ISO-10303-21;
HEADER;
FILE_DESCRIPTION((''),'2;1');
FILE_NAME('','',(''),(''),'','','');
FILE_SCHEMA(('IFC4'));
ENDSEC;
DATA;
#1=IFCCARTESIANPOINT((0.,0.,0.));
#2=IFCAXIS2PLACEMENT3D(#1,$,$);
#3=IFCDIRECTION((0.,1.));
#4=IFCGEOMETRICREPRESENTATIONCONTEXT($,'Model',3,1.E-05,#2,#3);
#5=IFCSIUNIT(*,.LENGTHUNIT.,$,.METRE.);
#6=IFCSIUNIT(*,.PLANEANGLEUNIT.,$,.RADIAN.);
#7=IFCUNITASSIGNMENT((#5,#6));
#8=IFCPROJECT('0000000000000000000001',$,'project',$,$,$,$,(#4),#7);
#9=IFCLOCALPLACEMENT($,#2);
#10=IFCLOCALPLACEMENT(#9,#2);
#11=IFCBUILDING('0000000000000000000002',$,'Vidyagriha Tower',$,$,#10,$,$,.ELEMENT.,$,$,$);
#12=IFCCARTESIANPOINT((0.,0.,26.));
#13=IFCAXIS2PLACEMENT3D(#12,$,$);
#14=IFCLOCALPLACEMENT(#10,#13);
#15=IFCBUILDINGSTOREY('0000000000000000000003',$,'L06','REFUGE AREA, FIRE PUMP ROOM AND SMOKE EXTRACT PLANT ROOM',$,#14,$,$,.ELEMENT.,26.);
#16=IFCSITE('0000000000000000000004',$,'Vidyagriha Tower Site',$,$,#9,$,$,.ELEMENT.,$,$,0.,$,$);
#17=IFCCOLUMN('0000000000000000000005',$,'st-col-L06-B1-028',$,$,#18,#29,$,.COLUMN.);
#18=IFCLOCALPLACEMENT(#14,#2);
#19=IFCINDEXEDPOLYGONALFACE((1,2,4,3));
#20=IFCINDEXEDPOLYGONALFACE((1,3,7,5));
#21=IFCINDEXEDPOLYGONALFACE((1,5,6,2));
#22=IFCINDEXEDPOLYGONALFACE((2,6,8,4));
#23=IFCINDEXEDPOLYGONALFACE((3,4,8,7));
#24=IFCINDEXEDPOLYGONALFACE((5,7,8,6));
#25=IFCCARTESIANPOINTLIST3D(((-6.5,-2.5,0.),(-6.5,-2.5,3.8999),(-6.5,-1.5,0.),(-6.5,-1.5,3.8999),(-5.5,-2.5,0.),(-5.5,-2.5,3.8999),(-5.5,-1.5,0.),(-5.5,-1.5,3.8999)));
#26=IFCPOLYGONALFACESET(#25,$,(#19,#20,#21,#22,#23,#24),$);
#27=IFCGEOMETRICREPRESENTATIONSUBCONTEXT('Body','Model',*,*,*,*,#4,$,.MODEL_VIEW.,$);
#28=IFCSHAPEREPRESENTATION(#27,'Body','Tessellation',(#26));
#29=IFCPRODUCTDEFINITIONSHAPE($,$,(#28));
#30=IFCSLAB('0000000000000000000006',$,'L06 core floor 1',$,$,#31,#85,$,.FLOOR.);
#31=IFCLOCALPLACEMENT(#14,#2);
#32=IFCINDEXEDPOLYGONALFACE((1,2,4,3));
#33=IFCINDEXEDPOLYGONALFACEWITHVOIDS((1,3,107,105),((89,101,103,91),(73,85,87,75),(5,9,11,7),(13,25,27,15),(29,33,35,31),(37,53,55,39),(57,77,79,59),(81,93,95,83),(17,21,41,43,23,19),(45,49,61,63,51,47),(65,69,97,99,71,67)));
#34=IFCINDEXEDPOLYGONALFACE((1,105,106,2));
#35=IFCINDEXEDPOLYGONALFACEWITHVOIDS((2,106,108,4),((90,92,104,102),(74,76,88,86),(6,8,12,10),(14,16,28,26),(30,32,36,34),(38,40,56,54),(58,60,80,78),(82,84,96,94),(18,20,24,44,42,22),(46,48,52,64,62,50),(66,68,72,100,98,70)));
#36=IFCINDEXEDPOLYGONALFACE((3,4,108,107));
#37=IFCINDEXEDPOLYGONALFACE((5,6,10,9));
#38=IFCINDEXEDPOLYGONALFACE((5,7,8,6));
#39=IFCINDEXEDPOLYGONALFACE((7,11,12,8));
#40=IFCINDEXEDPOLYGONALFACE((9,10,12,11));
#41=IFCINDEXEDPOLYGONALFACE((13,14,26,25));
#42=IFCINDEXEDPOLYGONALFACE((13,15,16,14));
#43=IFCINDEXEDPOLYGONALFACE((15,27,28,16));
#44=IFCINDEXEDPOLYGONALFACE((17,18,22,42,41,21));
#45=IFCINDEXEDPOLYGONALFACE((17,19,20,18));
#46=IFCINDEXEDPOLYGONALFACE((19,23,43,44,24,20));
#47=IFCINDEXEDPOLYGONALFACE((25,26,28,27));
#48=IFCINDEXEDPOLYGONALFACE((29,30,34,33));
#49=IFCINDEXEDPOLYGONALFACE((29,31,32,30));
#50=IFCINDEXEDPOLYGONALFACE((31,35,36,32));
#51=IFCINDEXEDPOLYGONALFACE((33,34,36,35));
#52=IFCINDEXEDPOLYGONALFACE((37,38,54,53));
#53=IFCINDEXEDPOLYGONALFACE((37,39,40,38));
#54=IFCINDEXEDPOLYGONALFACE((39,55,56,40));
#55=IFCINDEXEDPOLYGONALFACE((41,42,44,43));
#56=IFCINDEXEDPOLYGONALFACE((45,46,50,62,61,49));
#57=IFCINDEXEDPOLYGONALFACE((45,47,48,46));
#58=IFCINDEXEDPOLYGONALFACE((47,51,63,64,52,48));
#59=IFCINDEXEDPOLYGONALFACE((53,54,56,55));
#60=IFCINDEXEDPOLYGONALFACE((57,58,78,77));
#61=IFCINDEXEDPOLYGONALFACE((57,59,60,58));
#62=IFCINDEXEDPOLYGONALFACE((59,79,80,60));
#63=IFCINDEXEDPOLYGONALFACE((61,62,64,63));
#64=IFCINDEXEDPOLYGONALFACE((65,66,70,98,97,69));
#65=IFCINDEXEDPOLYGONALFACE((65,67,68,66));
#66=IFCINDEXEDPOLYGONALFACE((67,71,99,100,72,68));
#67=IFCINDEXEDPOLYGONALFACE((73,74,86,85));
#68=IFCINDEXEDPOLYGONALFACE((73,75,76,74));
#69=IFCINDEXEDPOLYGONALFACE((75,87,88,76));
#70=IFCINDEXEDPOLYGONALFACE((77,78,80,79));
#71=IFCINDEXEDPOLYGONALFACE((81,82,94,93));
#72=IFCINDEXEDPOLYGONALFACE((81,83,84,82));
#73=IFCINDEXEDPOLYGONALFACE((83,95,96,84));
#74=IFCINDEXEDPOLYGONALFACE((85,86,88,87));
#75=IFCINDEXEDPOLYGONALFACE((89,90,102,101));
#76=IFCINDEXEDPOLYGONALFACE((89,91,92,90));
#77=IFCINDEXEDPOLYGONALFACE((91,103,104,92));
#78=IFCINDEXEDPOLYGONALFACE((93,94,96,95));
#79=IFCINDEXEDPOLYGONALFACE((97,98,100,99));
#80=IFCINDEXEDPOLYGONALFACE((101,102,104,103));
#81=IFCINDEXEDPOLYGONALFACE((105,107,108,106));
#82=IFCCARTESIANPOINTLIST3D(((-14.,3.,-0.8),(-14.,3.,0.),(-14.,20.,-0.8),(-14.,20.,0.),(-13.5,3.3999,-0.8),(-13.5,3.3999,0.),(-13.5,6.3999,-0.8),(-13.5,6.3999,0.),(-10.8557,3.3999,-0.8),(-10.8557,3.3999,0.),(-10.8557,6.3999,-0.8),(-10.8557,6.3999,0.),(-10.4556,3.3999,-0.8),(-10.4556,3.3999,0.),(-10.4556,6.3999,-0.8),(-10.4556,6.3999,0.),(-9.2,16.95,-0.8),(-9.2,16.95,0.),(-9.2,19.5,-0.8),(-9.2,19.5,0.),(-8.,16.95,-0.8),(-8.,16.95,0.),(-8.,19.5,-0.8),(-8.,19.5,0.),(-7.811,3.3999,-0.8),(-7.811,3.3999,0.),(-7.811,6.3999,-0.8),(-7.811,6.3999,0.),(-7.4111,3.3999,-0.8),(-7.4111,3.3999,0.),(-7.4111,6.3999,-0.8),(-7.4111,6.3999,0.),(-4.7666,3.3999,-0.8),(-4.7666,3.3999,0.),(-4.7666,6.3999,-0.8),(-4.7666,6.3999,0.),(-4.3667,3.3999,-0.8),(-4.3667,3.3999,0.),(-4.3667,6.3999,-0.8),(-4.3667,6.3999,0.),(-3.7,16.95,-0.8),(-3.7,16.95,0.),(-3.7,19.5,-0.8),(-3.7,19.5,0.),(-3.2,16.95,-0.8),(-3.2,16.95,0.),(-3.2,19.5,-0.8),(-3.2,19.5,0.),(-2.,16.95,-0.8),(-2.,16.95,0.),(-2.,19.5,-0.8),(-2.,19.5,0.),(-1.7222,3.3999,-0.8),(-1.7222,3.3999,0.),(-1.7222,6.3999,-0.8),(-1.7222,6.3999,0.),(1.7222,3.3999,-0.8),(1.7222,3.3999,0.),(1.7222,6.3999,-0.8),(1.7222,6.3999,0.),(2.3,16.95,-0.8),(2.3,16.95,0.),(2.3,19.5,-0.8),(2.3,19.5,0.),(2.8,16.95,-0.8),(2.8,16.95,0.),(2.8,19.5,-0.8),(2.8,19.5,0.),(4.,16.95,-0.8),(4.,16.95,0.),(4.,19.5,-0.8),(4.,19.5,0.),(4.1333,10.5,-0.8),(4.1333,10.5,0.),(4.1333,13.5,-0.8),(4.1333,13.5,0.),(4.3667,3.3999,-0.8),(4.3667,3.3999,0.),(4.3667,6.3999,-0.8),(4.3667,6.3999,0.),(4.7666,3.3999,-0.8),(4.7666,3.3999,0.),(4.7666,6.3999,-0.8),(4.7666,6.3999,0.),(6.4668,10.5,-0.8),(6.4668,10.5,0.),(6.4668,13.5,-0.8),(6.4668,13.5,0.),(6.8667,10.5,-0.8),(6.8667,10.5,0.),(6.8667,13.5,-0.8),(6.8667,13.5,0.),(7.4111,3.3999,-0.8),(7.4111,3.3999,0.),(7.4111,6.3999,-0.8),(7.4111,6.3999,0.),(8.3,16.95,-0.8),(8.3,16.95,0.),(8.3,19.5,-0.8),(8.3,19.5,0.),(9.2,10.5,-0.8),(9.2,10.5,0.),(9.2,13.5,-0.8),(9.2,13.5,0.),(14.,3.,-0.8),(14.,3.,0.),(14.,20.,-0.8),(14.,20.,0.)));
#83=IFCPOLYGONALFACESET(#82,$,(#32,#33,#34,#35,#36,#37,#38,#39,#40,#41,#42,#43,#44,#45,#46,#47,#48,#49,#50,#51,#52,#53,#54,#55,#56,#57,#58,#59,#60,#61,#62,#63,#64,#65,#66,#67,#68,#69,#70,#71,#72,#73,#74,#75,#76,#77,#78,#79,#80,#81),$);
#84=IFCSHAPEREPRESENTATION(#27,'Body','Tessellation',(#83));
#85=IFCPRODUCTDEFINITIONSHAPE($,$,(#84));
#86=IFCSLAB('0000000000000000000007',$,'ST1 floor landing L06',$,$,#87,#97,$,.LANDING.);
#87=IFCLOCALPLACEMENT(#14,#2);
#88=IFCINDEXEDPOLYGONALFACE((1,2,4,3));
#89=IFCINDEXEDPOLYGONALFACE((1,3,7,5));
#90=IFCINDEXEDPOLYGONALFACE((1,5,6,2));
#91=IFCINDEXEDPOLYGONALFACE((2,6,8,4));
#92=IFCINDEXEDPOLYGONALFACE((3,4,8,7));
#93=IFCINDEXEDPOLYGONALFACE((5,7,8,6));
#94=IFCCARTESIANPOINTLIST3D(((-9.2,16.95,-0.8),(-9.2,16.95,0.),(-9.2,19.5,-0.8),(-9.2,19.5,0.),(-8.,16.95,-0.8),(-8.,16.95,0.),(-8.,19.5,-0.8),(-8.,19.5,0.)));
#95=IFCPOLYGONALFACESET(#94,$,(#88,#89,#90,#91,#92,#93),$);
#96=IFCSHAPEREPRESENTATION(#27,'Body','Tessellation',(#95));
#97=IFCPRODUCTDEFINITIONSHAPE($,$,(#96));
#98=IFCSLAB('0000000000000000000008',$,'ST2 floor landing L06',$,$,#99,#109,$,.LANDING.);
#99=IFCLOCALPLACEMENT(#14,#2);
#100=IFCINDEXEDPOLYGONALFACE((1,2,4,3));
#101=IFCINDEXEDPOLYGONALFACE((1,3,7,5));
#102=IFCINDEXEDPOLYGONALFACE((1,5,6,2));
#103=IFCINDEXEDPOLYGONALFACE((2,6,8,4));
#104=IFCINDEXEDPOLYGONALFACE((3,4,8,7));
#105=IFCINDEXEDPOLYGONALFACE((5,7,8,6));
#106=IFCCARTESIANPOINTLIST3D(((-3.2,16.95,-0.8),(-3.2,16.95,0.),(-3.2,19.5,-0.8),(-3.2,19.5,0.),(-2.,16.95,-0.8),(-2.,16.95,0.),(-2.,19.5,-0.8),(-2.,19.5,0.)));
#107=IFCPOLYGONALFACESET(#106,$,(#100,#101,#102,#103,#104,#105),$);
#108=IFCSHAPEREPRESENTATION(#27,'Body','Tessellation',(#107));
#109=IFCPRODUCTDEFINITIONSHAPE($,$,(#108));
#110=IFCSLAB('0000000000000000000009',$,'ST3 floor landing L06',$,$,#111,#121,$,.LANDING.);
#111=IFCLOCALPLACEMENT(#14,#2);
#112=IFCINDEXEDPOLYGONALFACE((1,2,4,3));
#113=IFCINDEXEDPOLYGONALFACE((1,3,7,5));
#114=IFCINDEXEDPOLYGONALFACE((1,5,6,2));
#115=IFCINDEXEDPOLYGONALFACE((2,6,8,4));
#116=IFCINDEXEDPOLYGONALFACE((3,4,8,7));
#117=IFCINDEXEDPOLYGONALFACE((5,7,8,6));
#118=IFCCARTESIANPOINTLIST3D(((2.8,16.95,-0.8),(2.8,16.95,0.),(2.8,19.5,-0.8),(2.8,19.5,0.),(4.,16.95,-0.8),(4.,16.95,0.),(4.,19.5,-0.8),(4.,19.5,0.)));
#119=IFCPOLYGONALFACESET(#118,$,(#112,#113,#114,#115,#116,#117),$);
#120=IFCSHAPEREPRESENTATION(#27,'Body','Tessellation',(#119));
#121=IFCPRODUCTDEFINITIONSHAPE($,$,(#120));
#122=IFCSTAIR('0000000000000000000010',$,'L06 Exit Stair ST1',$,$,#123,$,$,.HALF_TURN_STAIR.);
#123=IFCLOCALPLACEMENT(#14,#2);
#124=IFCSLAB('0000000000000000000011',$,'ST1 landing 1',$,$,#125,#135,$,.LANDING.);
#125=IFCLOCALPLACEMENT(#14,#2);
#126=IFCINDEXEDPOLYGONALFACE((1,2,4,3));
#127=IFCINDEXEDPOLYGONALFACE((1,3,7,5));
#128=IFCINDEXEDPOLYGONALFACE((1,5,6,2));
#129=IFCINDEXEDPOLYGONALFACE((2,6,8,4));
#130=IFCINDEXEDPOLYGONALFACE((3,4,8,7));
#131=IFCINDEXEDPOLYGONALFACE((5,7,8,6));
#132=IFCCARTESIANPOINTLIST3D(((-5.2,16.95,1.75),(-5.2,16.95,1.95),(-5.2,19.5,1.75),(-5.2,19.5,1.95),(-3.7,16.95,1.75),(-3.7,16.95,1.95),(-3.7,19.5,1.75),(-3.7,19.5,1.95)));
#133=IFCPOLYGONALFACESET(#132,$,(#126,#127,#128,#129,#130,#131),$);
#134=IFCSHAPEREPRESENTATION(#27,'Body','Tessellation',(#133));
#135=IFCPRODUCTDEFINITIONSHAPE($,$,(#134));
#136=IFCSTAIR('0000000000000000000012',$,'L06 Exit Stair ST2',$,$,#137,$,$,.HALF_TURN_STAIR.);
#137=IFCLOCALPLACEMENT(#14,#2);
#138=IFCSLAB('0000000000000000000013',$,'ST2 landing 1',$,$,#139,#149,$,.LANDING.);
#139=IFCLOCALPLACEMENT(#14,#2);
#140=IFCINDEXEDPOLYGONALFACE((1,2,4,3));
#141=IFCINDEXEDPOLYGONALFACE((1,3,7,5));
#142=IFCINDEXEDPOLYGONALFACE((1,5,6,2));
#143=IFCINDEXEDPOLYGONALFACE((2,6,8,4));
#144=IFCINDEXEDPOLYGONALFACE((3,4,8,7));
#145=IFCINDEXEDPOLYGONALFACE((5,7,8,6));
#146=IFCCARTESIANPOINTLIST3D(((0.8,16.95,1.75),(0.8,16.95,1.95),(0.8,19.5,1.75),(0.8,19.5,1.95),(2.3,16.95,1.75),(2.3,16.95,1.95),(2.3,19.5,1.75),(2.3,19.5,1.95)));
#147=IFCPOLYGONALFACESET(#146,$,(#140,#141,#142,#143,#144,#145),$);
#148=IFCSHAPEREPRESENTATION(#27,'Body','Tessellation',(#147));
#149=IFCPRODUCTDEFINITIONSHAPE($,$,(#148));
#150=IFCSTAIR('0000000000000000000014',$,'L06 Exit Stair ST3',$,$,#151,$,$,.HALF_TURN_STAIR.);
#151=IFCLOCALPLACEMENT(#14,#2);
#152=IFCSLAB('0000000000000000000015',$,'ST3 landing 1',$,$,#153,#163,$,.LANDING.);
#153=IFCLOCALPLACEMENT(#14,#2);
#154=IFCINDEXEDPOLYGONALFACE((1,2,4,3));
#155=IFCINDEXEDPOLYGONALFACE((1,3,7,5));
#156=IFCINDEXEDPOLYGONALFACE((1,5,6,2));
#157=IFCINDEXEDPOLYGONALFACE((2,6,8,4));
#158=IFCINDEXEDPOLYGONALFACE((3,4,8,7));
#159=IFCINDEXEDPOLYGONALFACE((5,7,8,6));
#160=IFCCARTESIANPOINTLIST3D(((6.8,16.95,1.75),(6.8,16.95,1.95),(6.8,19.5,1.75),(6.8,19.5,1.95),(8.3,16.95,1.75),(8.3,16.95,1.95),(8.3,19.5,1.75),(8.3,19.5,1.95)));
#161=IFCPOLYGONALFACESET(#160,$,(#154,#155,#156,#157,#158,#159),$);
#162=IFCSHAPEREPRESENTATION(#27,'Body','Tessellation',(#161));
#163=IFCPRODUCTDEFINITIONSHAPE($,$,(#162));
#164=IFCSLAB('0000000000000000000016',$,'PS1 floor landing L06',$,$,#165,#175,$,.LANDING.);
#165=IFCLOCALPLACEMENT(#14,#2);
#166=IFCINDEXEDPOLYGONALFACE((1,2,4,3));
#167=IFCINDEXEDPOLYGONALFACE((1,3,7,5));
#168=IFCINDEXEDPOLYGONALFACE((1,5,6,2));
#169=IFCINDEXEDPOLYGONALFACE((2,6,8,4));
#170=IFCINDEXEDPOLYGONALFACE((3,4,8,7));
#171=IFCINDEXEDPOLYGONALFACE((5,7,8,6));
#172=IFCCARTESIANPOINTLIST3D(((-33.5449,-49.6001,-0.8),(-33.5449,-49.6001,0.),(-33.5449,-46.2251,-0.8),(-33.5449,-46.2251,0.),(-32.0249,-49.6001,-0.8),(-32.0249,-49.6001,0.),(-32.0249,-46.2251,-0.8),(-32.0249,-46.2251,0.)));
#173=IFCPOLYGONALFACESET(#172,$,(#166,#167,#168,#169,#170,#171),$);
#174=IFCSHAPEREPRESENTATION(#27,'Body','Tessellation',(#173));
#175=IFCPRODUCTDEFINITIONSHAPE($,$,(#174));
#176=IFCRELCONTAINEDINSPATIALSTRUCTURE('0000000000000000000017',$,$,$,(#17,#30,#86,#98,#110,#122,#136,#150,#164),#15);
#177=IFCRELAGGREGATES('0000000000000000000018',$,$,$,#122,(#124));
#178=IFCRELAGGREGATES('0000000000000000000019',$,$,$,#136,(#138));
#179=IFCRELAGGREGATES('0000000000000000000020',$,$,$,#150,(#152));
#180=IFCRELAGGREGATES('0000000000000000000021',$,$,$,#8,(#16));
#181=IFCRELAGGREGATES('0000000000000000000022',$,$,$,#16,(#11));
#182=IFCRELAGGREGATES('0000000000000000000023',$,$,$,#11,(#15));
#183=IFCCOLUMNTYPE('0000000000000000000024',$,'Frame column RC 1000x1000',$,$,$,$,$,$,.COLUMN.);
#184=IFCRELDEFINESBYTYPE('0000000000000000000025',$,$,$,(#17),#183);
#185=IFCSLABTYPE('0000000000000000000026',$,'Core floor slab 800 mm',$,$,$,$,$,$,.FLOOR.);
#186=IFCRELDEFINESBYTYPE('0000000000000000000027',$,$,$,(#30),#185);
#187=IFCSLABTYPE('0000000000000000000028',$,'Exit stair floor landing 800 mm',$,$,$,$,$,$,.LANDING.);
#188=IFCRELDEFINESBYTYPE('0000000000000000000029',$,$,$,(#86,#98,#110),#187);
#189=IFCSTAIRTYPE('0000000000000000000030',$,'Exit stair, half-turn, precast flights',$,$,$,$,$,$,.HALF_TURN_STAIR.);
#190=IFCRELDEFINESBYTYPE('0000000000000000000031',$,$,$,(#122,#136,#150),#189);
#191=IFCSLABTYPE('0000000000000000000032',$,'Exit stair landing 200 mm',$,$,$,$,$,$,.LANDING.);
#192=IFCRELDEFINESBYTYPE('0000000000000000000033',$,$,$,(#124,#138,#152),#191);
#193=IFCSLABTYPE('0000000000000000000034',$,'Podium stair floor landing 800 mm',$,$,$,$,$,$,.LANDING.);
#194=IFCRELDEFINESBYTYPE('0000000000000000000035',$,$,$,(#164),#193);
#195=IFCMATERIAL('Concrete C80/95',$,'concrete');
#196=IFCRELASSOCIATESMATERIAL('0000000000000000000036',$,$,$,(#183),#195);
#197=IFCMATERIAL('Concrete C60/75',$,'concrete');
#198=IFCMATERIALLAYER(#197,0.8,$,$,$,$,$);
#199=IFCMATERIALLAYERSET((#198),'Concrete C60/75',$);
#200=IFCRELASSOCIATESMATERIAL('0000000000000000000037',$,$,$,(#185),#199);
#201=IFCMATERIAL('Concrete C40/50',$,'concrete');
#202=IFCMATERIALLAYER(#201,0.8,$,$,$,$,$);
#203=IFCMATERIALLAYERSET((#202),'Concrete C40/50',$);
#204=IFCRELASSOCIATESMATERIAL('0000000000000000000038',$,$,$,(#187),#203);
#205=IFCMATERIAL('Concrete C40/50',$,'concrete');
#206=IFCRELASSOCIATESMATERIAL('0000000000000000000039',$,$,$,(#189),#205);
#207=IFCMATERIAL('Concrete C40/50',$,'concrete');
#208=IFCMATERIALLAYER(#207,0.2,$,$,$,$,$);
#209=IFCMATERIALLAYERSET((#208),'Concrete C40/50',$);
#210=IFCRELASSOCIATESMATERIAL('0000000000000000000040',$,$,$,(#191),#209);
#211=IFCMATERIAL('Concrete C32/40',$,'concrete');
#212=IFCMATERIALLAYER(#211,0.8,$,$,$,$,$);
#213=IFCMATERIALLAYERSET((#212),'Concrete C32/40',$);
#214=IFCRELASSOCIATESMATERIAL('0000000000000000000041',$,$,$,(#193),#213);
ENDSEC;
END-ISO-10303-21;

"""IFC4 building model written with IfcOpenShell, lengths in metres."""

from ifc_helpers import new_model, si_unit, direction, frame, origin, origin_2d, place, context, subcontext, project, spatial, polyline, rectangle, outline, extrude, material, layer, layer_set, material_profile, profile_set, type_object, element, aggregate, save


model = new_model("IFC4")

# Units and contexts
model_context = context("Model", 3, precision=1e-05, world=origin(), true_north=direction((0.0, 1.0)))
body_context = subcontext(model_context, "Body", "Model", "MODEL_VIEW")
ifc_project = project(units=[si_unit("LENGTHUNIT", "METRE"), si_unit("PLANEANGLEUNIT", "RADIAN")], contexts=[model_context])

# Site, building, storey
site_placement = place(None, origin())
site = spatial("IfcSite", under=ifc_project, at=site_placement, Name="Vidyagriha Tower Site", CompositionType="ELEMENT", RefElevation=0.0)
building_placement = place(site_placement, origin())
building = spatial("IfcBuilding", under=site, at=building_placement, Name="Vidyagriha Tower", CompositionType="ELEMENT")
storey_placement = place(building_placement, frame((0.0, 0.0, 26.0)))
storey = spatial("IfcBuildingStorey", under=building, at=storey_placement, Name="L06", Description="REFUGE AREA, FIRE PUMP ROOM AND SMOKE EXTRACT PLANT ROOM", CompositionType="ELEMENT", Elevation=26.0)

# Column
ifc_material_1 = material(Name="Concrete C80/95", Category="concrete")
ifc_material_profile = material_profile(ifc_material_1, rectangle(XDim=1.0, YDim=1.0, at=origin_2d()), Name="RC 1000x1000")
ifc_profile_set = profile_set([ifc_material_profile], Name="Concrete C80/95")
column_type = type_object("IfcColumnType", Name="Frame column RC 1000x1000", PredefinedType="COLUMN", material=ifc_profile_set)
column_placement = place(storey_placement, frame((-6.0, -2.0, 0.0)))
element("IfcColumn", 1, at=column_placement, inside=storey, type_object=column_type, Name="st-col-L06-B1-028", PredefinedType="COLUMN", context=body_context, shape_type="SweptSolid", body=[
    extrude(rectangle(XDim=1.0, YDim=1.0, at=origin_2d()), origin(), (0.0, 0.0, 1.0), 3.8999),
])

# Slabs
ifc_material_2 = material(Name="Concrete C60/75", Category="concrete")
ifc_layer_1 = layer(ifc_material_2, 0.8)
ifc_layer_set_1 = layer_set([ifc_layer_1], Name="Concrete C60/75")
slab_type_1 = type_object("IfcSlabType", Name="Core floor slab 800 mm", PredefinedType="FLOOR", material=ifc_layer_set_1)
slab_1_placement = place(storey_placement, frame((0.0, 0.0, -0.8)))
element("IfcSlab", 2, at=slab_1_placement, inside=storey, type_object=slab_type_1, Name="L06 core floor 1", PredefinedType="FLOOR", context=body_context, shape_type="SweptSolid", body=[
    extrude(outline(polyline([(-14.0, 3.0), (-14.0, 20.0), (14.0, 20.0), (14.0, 3.0), (-14.0, 3.0)]), holes=[polyline([(9.2, 13.5), (6.8667, 13.5), (6.8667, 10.5), (9.2, 10.5), (9.2, 13.5)]), polyline([(4.0, 19.5), (2.8, 19.5), (2.8, 16.95), (4.0, 16.95), (8.3, 16.95), (8.3, 19.5), (4.0, 19.5)]), polyline([(7.4111, 6.3999), (4.7666, 6.3999), (4.7666, 3.3999), (7.4111, 3.3999), (7.4111, 6.3999)]), polyline([(6.4668, 13.5), (4.1333, 13.5), (4.1333, 10.5), (6.4668, 10.5), (6.4668, 13.5)]), polyline([(1.7222, 6.3999), (1.7222, 3.3999), (4.3667, 3.3999), (4.3667, 6.3999), (1.7222, 6.3999)]), polyline([(-2.0, 16.95), (2.3, 16.95), (2.3, 19.5), (-2.0, 19.5), (-3.2, 19.5), (-3.2, 16.95), (-2.0, 16.95)]), polyline([(-1.7222, 6.3999), (-4.3667, 6.3999), (-4.3667, 3.3999), (-1.7222, 3.3999), (-1.7222, 6.3999)]), polyline([(-8.0, 19.5), (-9.2, 19.5), (-9.2, 16.95), (-8.0, 16.95), (-3.7, 16.95), (-3.7, 19.5), (-8.0, 19.5)]), polyline([(-4.7666, 6.3999), (-7.4111, 6.3999), (-7.4111, 3.3999), (-4.7666, 3.3999), (-4.7666, 6.3999)]), polyline([(-7.811, 6.3999), (-10.4556, 6.3999), (-10.4556, 3.3999), (-7.811, 3.3999), (-7.811, 6.3999)]), polyline([(-13.5, 6.3999), (-13.5, 3.3999), (-10.8557, 3.3999), (-10.8557, 6.3999), (-13.5, 6.3999)])]), origin(), (0.0, 0.0, 1.0), 0.8),
])
ifc_material_3 = material(Name="Concrete C40/50", Category="concrete")
ifc_layer_2 = layer(ifc_material_3, 0.8)
ifc_layer_set_2 = layer_set([ifc_layer_2], Name="Concrete C40/50")
slab_type_2 = type_object("IfcSlabType", Name="Exit stair floor landing 800 mm", PredefinedType="LANDING", material=ifc_layer_set_2)
slab_2_placement = place(storey_placement, frame((0.0, 0.0, -0.8)))
element("IfcSlab", 3, at=slab_2_placement, inside=storey, type_object=slab_type_2, Name="ST1 floor landing L06", PredefinedType="LANDING", context=body_context, shape_type="SweptSolid", body=[
    extrude(outline(polyline([(-9.2, 16.95), (-8.0, 16.95), (-8.0, 19.5), (-9.2, 19.5), (-9.2, 16.95)])), origin(), (0.0, 0.0, 1.0), 0.8),
])
slab_3_placement = place(storey_placement, frame((0.0, 0.0, -0.8)))
element("IfcSlab", 4, at=slab_3_placement, inside=storey, type_object=slab_type_2, Name="ST2 floor landing L06", PredefinedType="LANDING", context=body_context, shape_type="SweptSolid", body=[
    extrude(outline(polyline([(-3.2, 16.95), (-2.0, 16.95), (-2.0, 19.5), (-3.2, 19.5), (-3.2, 16.95)])), origin(), (0.0, 0.0, 1.0), 0.8),
])
slab_4_placement = place(storey_placement, frame((0.0, 0.0, -0.8)))
element("IfcSlab", 5, at=slab_4_placement, inside=storey, type_object=slab_type_2, Name="ST3 floor landing L06", PredefinedType="LANDING", context=body_context, shape_type="SweptSolid", body=[
    extrude(outline(polyline([(2.8, 16.95), (4.0, 16.95), (4.0, 19.5), (2.8, 19.5), (2.8, 16.95)])), origin(), (0.0, 0.0, 1.0), 0.8),
])

# Stairs, slabs
ifc_material_4 = material(Name="Concrete C40/50", Category="concrete")
stair_type = type_object("IfcStairType", Name="Exit stair, half-turn, precast flights", PredefinedType="HALF_TURN_STAIR", material=ifc_material_4)
stair_1_placement = place(storey_placement, origin())
stair_1 = element("IfcStair", 6, at=stair_1_placement, inside=storey, type_object=stair_type, Name="L06 Exit Stair ST1", PredefinedType="HALF_TURN_STAIR")
ifc_material_5 = material(Name="Concrete C40/50", Category="concrete")
ifc_layer_3 = layer(ifc_material_5, 0.2)
ifc_layer_set_3 = layer_set([ifc_layer_3], Name="Concrete C40/50")
slab_type_3 = type_object("IfcSlabType", Name="Exit stair landing 200 mm", PredefinedType="LANDING", material=ifc_layer_set_3)
slab_5_placement = place(storey_placement, frame((0.0, 0.0, 1.75)))
slab_5 = element("IfcSlab", 7, at=slab_5_placement, type_object=slab_type_3, Name="ST1 landing 1", PredefinedType="LANDING", context=body_context, shape_type="SweptSolid", body=[
    extrude(outline(polyline([(-5.2, 16.95), (-3.7, 16.95), (-3.7, 19.5), (-5.2, 19.5), (-5.2, 16.95)])), origin(), (0.0, 0.0, 1.0), 0.2),
])
aggregate(stair_1, [slab_5])
stair_2_placement = place(storey_placement, origin())
stair_2 = element("IfcStair", 8, at=stair_2_placement, inside=storey, type_object=stair_type, Name="L06 Exit Stair ST2", PredefinedType="HALF_TURN_STAIR")
slab_6_placement = place(storey_placement, frame((0.0, 0.0, 1.75)))
slab_6 = element("IfcSlab", 9, at=slab_6_placement, type_object=slab_type_3, Name="ST2 landing 1", PredefinedType="LANDING", context=body_context, shape_type="SweptSolid", body=[
    extrude(outline(polyline([(0.8, 16.95), (2.3, 16.95), (2.3, 19.5), (0.8, 19.5), (0.8, 16.95)])), origin(), (0.0, 0.0, 1.0), 0.2),
])
aggregate(stair_2, [slab_6])
stair_3_placement = place(storey_placement, origin())
stair_3 = element("IfcStair", 10, at=stair_3_placement, inside=storey, type_object=stair_type, Name="L06 Exit Stair ST3", PredefinedType="HALF_TURN_STAIR")
slab_7_placement = place(storey_placement, frame((0.0, 0.0, 1.75)))
slab_7 = element("IfcSlab", 11, at=slab_7_placement, type_object=slab_type_3, Name="ST3 landing 1", PredefinedType="LANDING", context=body_context, shape_type="SweptSolid", body=[
    extrude(outline(polyline([(6.8, 16.95), (8.3, 16.95), (8.3, 19.5), (6.8, 19.5), (6.8, 16.95)])), origin(), (0.0, 0.0, 1.0), 0.2),
])
aggregate(stair_3, [slab_7])

# Slab
ifc_material_6 = material(Name="Concrete C32/40", Category="concrete")
ifc_layer_4 = layer(ifc_material_6, 0.8)
ifc_layer_set_4 = layer_set([ifc_layer_4], Name="Concrete C32/40")
slab_type_4 = type_object("IfcSlabType", Name="Podium stair floor landing 800 mm", PredefinedType="LANDING", material=ifc_layer_set_4)
slab_8_placement = place(storey_placement, frame((0.0, 0.0, -0.8)))
element("IfcSlab", 12, at=slab_8_placement, inside=storey, type_object=slab_type_4, Name="PS1 floor landing L06", PredefinedType="LANDING", context=body_context, shape_type="SweptSolid", body=[
    extrude(outline(polyline([(-33.5449, -49.6001), (-32.0249, -49.6001), (-32.0249, -46.2251), (-33.5449, -46.2251), (-33.5449, -49.6001)])), origin(), (0.0, 0.0, 1.0), 0.8),
])

save(model, "model.ifc")
